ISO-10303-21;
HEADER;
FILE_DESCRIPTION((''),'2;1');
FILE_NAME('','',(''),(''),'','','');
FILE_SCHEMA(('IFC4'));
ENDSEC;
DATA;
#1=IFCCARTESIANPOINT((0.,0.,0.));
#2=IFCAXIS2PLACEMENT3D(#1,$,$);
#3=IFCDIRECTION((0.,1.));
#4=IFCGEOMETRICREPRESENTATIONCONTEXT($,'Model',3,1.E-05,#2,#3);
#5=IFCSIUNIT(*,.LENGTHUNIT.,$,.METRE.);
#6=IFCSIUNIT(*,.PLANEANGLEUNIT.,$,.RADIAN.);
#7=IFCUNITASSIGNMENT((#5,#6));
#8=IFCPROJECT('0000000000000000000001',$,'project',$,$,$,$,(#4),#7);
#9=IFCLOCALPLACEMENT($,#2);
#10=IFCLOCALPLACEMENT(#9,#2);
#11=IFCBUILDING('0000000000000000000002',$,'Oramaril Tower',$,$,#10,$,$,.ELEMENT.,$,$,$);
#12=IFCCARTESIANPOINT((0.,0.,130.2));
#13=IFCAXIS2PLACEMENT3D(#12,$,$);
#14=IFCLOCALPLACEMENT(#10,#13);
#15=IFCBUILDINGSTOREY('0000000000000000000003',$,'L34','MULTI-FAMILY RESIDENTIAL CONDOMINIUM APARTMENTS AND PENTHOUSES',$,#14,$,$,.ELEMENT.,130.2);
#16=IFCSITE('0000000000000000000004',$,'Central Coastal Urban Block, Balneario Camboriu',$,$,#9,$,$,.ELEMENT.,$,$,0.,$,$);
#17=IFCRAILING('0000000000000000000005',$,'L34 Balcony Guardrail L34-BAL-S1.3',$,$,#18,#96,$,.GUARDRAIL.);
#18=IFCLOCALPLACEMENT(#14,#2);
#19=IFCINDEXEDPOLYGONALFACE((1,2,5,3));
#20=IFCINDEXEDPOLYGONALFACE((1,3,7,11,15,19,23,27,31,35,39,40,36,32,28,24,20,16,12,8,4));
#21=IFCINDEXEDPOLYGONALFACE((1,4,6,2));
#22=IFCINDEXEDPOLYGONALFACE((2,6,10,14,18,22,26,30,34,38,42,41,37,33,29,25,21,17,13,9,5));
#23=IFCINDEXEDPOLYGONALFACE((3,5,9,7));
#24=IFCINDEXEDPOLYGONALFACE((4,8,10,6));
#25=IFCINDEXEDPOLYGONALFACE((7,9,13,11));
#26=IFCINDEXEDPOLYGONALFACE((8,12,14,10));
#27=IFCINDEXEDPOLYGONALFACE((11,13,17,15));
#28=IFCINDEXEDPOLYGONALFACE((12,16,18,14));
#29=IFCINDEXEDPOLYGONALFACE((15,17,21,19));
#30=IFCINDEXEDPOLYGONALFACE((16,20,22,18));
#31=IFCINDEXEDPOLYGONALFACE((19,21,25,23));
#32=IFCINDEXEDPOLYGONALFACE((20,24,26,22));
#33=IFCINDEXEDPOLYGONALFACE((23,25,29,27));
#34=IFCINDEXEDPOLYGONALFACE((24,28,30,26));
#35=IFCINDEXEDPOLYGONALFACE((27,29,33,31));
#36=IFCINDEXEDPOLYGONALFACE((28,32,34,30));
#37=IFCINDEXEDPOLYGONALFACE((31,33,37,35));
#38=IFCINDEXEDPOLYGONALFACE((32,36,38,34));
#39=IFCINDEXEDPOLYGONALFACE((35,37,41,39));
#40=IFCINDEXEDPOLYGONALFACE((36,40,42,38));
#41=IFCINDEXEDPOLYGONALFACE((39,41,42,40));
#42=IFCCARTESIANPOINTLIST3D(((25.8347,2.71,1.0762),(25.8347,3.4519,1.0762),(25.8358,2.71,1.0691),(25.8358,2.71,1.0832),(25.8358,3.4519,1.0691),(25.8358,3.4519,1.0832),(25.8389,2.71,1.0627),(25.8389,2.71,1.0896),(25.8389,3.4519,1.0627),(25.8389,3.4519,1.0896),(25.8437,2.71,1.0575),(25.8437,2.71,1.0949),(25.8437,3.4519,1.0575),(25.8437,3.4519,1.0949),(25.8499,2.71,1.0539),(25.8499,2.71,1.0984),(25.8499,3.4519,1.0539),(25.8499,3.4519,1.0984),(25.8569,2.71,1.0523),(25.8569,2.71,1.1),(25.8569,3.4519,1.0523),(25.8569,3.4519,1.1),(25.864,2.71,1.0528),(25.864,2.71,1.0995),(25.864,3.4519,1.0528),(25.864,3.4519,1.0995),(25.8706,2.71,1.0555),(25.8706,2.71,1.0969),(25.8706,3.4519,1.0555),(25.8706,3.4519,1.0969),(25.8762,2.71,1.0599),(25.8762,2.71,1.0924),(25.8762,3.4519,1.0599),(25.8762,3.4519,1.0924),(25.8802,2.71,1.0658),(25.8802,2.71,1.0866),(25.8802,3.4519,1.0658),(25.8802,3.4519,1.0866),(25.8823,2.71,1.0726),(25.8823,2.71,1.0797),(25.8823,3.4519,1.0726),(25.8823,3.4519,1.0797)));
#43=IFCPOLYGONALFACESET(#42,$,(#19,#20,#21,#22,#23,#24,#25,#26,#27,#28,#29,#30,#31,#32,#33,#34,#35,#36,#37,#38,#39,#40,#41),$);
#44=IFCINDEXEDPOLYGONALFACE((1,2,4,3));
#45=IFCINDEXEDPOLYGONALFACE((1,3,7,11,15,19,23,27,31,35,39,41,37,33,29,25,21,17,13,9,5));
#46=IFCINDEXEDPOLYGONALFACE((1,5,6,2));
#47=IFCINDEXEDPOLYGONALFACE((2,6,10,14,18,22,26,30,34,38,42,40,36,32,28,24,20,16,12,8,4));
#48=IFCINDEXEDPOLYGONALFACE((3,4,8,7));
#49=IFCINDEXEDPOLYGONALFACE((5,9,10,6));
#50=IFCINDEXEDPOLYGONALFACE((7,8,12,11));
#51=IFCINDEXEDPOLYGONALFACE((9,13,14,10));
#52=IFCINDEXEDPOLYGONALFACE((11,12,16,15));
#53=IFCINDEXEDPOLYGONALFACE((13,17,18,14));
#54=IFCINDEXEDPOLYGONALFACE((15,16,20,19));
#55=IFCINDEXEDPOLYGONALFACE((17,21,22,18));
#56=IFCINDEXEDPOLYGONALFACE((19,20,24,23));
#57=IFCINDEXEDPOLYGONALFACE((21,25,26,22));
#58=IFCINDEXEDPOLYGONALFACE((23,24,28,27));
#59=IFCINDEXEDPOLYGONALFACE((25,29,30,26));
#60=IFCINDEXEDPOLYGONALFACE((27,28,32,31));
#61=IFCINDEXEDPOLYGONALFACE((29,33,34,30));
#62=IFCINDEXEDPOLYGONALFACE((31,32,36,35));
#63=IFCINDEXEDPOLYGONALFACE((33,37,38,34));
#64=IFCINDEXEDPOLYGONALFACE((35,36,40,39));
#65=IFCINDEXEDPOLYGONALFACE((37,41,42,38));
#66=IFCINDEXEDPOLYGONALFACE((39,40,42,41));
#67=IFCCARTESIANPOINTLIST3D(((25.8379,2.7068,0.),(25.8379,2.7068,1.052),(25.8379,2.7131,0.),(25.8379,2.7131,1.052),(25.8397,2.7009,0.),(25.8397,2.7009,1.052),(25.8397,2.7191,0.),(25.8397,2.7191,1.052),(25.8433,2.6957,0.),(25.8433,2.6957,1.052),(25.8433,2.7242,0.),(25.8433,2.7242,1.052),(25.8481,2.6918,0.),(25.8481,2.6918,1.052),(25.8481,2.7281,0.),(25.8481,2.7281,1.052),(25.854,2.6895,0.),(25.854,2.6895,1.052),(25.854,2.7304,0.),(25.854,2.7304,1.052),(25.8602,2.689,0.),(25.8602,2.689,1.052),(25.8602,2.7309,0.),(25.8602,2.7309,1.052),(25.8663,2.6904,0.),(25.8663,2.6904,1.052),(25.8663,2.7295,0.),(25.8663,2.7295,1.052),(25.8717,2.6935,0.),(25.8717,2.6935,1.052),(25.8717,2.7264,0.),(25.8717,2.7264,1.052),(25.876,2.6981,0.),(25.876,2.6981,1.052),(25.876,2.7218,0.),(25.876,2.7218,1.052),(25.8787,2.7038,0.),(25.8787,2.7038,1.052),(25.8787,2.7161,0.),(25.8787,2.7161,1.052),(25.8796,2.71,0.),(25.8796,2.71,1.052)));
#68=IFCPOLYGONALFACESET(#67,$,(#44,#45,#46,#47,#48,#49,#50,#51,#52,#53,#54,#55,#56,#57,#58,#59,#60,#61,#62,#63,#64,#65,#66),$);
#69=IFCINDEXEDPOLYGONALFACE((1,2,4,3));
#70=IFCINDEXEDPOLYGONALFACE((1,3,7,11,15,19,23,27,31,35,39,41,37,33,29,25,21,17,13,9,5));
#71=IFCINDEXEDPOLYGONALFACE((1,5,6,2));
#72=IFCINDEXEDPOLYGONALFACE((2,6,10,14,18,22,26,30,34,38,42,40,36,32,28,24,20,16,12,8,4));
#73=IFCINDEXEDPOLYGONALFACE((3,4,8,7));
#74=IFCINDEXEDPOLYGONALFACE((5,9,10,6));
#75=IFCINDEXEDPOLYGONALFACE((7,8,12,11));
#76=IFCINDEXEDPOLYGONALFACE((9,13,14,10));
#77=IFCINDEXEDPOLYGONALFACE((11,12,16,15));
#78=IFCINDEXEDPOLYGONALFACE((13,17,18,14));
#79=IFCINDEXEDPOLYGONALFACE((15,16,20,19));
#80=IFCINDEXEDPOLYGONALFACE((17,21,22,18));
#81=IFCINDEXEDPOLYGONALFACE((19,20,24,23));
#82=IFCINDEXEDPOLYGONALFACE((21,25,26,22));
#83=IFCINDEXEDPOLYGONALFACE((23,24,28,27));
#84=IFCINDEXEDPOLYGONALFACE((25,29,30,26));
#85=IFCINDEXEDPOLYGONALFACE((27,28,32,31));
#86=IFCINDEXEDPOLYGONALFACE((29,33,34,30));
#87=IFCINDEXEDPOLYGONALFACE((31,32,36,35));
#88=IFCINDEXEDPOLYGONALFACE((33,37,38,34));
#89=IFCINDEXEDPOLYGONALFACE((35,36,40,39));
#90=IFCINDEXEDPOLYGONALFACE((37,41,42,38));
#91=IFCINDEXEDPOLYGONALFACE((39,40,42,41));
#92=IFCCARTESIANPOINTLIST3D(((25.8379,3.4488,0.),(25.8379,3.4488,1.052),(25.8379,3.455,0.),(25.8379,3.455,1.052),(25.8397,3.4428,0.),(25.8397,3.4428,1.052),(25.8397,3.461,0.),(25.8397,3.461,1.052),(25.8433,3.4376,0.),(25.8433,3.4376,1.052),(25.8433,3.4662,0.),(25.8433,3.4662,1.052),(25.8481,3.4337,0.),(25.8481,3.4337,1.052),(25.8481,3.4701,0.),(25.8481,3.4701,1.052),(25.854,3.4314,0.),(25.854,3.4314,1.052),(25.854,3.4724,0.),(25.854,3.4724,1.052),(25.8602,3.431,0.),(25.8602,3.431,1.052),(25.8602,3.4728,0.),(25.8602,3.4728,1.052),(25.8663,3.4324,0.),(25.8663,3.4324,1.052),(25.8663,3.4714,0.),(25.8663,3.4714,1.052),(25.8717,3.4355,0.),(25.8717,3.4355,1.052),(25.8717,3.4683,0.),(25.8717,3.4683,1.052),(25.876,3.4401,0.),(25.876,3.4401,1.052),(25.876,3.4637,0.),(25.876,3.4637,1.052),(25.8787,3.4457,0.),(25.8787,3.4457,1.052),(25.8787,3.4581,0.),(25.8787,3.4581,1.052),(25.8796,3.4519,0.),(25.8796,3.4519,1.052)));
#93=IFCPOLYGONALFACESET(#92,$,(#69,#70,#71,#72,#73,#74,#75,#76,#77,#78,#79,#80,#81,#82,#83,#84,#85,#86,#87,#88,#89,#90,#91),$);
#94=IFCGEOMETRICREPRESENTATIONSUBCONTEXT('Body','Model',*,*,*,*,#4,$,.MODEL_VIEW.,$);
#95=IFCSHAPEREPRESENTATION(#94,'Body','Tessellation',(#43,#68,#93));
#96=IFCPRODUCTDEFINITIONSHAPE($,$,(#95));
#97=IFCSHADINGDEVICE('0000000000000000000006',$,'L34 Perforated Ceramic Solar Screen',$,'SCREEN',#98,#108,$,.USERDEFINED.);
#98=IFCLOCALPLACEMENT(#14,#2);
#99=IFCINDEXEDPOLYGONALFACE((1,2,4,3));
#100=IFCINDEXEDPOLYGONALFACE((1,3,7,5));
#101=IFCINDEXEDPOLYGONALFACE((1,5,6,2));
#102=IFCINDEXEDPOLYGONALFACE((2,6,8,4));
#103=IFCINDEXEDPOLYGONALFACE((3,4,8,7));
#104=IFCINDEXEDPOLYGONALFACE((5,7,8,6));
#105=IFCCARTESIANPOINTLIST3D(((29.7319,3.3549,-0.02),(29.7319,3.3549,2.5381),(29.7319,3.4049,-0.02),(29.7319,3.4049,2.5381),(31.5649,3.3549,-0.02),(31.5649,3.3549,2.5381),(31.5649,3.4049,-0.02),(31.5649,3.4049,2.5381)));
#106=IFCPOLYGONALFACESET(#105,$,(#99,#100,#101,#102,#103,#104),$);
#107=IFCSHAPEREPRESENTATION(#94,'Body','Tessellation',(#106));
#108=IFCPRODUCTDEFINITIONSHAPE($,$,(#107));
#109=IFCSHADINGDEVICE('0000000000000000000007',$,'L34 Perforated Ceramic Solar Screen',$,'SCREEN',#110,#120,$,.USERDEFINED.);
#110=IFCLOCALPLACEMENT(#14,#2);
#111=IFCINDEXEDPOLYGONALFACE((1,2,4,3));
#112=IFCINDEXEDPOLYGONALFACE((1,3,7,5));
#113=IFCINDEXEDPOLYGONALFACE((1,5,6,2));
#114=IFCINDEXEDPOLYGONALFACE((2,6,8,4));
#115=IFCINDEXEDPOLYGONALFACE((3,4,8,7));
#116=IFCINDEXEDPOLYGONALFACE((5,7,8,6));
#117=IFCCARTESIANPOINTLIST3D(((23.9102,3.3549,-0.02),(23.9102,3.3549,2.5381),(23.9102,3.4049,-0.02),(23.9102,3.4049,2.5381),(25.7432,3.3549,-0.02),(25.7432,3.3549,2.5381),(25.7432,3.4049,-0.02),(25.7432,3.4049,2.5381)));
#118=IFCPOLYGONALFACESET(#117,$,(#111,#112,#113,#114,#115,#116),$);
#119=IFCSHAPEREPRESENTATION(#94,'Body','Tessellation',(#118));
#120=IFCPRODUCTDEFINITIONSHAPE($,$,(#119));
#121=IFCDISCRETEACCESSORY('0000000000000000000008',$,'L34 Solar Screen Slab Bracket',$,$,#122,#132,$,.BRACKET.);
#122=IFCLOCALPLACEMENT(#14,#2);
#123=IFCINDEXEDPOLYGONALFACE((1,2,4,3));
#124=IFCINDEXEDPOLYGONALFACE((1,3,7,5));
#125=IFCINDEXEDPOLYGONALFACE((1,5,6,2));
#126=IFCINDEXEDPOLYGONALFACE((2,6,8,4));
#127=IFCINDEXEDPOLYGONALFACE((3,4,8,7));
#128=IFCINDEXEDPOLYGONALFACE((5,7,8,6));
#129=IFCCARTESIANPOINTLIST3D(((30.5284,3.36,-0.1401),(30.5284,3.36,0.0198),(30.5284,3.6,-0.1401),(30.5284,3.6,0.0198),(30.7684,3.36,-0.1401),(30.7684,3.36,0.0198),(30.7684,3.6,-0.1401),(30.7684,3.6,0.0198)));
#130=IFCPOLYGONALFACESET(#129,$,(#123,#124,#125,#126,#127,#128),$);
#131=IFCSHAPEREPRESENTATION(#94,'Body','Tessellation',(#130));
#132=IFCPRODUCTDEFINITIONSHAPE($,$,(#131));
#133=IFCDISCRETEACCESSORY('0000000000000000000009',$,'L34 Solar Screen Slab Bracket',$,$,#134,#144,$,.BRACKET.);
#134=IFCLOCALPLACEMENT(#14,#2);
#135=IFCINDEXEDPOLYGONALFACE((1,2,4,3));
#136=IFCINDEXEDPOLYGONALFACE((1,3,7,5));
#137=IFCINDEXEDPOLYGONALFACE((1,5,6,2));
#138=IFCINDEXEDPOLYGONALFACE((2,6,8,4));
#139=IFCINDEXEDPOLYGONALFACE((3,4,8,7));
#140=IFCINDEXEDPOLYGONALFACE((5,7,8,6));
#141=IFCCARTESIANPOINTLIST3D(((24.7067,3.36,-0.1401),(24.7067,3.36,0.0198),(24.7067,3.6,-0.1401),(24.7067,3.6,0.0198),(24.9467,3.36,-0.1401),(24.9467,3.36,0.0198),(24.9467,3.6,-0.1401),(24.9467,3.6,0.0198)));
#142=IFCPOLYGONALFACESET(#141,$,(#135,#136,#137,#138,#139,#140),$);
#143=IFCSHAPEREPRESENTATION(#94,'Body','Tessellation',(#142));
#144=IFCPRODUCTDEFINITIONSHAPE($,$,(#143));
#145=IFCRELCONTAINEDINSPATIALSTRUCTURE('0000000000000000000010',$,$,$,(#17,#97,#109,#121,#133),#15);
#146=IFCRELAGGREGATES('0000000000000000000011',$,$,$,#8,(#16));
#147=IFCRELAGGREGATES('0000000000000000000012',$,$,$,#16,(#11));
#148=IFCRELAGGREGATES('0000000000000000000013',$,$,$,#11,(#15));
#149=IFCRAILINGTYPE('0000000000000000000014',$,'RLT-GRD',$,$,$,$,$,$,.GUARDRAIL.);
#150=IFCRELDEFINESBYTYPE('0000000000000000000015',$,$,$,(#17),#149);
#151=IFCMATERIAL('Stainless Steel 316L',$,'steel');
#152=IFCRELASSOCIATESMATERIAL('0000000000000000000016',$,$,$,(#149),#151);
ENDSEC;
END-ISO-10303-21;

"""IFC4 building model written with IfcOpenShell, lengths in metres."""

from ifc_helpers import new_model, si_unit, direction, frame, origin, origin_2d, place, context, subcontext, project, spatial, rectangle, circle, extrude, material, type_object, element, save


model = new_model("IFC4")

# Units and contexts
model_context = context("Model", 3, precision=1e-05, world=origin(), true_north=direction((0.0, 1.0)))
body_context = subcontext(model_context, "Body", "Model", "MODEL_VIEW")
ifc_project = project(units=[si_unit("LENGTHUNIT", "METRE"), si_unit("PLANEANGLEUNIT", "RADIAN")], contexts=[model_context])

# Site, building, storey
site_placement = place(None, origin())
site = spatial("IfcSite", under=ifc_project, at=site_placement, Name="Central Coastal Urban Block, Balneario Camboriu", CompositionType="ELEMENT", RefElevation=0.0)
building_placement = place(site_placement, origin())
building = spatial("IfcBuilding", under=site, at=building_placement, Name="Oramaril Tower", CompositionType="ELEMENT")
storey_placement = place(building_placement, frame((0.0, 0.0, 130.2)))
storey = spatial("IfcBuildingStorey", under=building, at=storey_placement, Name="L34", Description="MULTI-FAMILY RESIDENTIAL CONDOMINIUM APARTMENTS AND PENTHOUSES", CompositionType="ELEMENT", Elevation=130.2)

# Railing
ifc_material_1 = material(Name="Stainless Steel 316L", Category="steel")
railing_type = type_object("IfcRailingType", Name="RLT-GRD", PredefinedType="GUARDRAIL", material=ifc_material_1)
railing_1_placement = place(storey_placement, frame((25.8586, 2.71, 0.0)))
element("IfcRailing", 1, at=railing_1_placement, inside=storey, type_object=railing_type, Name="L34 Balcony Guardrail L34-BAL-S1.3", PredefinedType="GUARDRAIL", context=body_context, shape_type="SweptSolid", body=[
    extrude(circle(Radius=0.0239, at=origin_2d()), frame((0.0, 0.0, 1.0762), z_axis=(0.0, 1.0, 0.0), x_axis=(-1.0, 0.0, 0.0)), (0.0, 0.0, 1.0), 0.7419),
    extrude(circle(Radius=0.021, at=origin_2d()), origin(), (0.0, 0.0, 1.0), 1.052),
    extrude(circle(Radius=0.021, at=origin_2d()), frame((0.0, 0.7419, 0.0)), (0.0, 0.0, 1.0), 1.052),
])

# Shading devices
for number, where, z_axis, x_axis, name in (
    (2, (30.6484, 3.3799, -0.02), (0.0, 0.0, 1.0), (1.0, 0.0, 0.0), "L34 Perforated Ceramic Solar Screen"),
    (3, (24.8267, 3.3799, -0.02), (0.0, 0.0, 1.0), (1.0, 0.0, 0.0), "L34 Perforated Ceramic Solar Screen"),
):
    element("IfcShadingDevice", number, at=place(storey_placement, frame(where, z_axis=z_axis, x_axis=x_axis)), inside=storey, Name=name, ObjectType="SCREEN", PredefinedType="USERDEFINED", context=body_context, shape_type="SweptSolid", body=[
        extrude(rectangle(XDim=1.833, YDim=0.05, at=origin_2d()), origin(), (0.0, 0.0, 1.0), 2.5581),
    ])

# Discrete accessories
for number, where, z_axis, x_axis, name in (
    (4, (30.6484, 3.48, -0.1401), (0.0, 0.0, 1.0), (1.0, 0.0, 0.0), "L34 Solar Screen Slab Bracket"),
    (5, (24.8267, 3.48, -0.1401), (0.0, 0.0, 1.0), (1.0, 0.0, 0.0), "L34 Solar Screen Slab Bracket"),
):
    element("IfcDiscreteAccessory", number, at=place(storey_placement, frame(where, z_axis=z_axis, x_axis=x_axis)), inside=storey, Name=name, PredefinedType="BRACKET", context=body_context, shape_type="SweptSolid", body=[
        extrude(rectangle(XDim=0.24, YDim=0.24, at=origin_2d()), origin(), (0.0, 0.0, 1.0), 0.1599),
    ])

save(model, "model.ifc")
